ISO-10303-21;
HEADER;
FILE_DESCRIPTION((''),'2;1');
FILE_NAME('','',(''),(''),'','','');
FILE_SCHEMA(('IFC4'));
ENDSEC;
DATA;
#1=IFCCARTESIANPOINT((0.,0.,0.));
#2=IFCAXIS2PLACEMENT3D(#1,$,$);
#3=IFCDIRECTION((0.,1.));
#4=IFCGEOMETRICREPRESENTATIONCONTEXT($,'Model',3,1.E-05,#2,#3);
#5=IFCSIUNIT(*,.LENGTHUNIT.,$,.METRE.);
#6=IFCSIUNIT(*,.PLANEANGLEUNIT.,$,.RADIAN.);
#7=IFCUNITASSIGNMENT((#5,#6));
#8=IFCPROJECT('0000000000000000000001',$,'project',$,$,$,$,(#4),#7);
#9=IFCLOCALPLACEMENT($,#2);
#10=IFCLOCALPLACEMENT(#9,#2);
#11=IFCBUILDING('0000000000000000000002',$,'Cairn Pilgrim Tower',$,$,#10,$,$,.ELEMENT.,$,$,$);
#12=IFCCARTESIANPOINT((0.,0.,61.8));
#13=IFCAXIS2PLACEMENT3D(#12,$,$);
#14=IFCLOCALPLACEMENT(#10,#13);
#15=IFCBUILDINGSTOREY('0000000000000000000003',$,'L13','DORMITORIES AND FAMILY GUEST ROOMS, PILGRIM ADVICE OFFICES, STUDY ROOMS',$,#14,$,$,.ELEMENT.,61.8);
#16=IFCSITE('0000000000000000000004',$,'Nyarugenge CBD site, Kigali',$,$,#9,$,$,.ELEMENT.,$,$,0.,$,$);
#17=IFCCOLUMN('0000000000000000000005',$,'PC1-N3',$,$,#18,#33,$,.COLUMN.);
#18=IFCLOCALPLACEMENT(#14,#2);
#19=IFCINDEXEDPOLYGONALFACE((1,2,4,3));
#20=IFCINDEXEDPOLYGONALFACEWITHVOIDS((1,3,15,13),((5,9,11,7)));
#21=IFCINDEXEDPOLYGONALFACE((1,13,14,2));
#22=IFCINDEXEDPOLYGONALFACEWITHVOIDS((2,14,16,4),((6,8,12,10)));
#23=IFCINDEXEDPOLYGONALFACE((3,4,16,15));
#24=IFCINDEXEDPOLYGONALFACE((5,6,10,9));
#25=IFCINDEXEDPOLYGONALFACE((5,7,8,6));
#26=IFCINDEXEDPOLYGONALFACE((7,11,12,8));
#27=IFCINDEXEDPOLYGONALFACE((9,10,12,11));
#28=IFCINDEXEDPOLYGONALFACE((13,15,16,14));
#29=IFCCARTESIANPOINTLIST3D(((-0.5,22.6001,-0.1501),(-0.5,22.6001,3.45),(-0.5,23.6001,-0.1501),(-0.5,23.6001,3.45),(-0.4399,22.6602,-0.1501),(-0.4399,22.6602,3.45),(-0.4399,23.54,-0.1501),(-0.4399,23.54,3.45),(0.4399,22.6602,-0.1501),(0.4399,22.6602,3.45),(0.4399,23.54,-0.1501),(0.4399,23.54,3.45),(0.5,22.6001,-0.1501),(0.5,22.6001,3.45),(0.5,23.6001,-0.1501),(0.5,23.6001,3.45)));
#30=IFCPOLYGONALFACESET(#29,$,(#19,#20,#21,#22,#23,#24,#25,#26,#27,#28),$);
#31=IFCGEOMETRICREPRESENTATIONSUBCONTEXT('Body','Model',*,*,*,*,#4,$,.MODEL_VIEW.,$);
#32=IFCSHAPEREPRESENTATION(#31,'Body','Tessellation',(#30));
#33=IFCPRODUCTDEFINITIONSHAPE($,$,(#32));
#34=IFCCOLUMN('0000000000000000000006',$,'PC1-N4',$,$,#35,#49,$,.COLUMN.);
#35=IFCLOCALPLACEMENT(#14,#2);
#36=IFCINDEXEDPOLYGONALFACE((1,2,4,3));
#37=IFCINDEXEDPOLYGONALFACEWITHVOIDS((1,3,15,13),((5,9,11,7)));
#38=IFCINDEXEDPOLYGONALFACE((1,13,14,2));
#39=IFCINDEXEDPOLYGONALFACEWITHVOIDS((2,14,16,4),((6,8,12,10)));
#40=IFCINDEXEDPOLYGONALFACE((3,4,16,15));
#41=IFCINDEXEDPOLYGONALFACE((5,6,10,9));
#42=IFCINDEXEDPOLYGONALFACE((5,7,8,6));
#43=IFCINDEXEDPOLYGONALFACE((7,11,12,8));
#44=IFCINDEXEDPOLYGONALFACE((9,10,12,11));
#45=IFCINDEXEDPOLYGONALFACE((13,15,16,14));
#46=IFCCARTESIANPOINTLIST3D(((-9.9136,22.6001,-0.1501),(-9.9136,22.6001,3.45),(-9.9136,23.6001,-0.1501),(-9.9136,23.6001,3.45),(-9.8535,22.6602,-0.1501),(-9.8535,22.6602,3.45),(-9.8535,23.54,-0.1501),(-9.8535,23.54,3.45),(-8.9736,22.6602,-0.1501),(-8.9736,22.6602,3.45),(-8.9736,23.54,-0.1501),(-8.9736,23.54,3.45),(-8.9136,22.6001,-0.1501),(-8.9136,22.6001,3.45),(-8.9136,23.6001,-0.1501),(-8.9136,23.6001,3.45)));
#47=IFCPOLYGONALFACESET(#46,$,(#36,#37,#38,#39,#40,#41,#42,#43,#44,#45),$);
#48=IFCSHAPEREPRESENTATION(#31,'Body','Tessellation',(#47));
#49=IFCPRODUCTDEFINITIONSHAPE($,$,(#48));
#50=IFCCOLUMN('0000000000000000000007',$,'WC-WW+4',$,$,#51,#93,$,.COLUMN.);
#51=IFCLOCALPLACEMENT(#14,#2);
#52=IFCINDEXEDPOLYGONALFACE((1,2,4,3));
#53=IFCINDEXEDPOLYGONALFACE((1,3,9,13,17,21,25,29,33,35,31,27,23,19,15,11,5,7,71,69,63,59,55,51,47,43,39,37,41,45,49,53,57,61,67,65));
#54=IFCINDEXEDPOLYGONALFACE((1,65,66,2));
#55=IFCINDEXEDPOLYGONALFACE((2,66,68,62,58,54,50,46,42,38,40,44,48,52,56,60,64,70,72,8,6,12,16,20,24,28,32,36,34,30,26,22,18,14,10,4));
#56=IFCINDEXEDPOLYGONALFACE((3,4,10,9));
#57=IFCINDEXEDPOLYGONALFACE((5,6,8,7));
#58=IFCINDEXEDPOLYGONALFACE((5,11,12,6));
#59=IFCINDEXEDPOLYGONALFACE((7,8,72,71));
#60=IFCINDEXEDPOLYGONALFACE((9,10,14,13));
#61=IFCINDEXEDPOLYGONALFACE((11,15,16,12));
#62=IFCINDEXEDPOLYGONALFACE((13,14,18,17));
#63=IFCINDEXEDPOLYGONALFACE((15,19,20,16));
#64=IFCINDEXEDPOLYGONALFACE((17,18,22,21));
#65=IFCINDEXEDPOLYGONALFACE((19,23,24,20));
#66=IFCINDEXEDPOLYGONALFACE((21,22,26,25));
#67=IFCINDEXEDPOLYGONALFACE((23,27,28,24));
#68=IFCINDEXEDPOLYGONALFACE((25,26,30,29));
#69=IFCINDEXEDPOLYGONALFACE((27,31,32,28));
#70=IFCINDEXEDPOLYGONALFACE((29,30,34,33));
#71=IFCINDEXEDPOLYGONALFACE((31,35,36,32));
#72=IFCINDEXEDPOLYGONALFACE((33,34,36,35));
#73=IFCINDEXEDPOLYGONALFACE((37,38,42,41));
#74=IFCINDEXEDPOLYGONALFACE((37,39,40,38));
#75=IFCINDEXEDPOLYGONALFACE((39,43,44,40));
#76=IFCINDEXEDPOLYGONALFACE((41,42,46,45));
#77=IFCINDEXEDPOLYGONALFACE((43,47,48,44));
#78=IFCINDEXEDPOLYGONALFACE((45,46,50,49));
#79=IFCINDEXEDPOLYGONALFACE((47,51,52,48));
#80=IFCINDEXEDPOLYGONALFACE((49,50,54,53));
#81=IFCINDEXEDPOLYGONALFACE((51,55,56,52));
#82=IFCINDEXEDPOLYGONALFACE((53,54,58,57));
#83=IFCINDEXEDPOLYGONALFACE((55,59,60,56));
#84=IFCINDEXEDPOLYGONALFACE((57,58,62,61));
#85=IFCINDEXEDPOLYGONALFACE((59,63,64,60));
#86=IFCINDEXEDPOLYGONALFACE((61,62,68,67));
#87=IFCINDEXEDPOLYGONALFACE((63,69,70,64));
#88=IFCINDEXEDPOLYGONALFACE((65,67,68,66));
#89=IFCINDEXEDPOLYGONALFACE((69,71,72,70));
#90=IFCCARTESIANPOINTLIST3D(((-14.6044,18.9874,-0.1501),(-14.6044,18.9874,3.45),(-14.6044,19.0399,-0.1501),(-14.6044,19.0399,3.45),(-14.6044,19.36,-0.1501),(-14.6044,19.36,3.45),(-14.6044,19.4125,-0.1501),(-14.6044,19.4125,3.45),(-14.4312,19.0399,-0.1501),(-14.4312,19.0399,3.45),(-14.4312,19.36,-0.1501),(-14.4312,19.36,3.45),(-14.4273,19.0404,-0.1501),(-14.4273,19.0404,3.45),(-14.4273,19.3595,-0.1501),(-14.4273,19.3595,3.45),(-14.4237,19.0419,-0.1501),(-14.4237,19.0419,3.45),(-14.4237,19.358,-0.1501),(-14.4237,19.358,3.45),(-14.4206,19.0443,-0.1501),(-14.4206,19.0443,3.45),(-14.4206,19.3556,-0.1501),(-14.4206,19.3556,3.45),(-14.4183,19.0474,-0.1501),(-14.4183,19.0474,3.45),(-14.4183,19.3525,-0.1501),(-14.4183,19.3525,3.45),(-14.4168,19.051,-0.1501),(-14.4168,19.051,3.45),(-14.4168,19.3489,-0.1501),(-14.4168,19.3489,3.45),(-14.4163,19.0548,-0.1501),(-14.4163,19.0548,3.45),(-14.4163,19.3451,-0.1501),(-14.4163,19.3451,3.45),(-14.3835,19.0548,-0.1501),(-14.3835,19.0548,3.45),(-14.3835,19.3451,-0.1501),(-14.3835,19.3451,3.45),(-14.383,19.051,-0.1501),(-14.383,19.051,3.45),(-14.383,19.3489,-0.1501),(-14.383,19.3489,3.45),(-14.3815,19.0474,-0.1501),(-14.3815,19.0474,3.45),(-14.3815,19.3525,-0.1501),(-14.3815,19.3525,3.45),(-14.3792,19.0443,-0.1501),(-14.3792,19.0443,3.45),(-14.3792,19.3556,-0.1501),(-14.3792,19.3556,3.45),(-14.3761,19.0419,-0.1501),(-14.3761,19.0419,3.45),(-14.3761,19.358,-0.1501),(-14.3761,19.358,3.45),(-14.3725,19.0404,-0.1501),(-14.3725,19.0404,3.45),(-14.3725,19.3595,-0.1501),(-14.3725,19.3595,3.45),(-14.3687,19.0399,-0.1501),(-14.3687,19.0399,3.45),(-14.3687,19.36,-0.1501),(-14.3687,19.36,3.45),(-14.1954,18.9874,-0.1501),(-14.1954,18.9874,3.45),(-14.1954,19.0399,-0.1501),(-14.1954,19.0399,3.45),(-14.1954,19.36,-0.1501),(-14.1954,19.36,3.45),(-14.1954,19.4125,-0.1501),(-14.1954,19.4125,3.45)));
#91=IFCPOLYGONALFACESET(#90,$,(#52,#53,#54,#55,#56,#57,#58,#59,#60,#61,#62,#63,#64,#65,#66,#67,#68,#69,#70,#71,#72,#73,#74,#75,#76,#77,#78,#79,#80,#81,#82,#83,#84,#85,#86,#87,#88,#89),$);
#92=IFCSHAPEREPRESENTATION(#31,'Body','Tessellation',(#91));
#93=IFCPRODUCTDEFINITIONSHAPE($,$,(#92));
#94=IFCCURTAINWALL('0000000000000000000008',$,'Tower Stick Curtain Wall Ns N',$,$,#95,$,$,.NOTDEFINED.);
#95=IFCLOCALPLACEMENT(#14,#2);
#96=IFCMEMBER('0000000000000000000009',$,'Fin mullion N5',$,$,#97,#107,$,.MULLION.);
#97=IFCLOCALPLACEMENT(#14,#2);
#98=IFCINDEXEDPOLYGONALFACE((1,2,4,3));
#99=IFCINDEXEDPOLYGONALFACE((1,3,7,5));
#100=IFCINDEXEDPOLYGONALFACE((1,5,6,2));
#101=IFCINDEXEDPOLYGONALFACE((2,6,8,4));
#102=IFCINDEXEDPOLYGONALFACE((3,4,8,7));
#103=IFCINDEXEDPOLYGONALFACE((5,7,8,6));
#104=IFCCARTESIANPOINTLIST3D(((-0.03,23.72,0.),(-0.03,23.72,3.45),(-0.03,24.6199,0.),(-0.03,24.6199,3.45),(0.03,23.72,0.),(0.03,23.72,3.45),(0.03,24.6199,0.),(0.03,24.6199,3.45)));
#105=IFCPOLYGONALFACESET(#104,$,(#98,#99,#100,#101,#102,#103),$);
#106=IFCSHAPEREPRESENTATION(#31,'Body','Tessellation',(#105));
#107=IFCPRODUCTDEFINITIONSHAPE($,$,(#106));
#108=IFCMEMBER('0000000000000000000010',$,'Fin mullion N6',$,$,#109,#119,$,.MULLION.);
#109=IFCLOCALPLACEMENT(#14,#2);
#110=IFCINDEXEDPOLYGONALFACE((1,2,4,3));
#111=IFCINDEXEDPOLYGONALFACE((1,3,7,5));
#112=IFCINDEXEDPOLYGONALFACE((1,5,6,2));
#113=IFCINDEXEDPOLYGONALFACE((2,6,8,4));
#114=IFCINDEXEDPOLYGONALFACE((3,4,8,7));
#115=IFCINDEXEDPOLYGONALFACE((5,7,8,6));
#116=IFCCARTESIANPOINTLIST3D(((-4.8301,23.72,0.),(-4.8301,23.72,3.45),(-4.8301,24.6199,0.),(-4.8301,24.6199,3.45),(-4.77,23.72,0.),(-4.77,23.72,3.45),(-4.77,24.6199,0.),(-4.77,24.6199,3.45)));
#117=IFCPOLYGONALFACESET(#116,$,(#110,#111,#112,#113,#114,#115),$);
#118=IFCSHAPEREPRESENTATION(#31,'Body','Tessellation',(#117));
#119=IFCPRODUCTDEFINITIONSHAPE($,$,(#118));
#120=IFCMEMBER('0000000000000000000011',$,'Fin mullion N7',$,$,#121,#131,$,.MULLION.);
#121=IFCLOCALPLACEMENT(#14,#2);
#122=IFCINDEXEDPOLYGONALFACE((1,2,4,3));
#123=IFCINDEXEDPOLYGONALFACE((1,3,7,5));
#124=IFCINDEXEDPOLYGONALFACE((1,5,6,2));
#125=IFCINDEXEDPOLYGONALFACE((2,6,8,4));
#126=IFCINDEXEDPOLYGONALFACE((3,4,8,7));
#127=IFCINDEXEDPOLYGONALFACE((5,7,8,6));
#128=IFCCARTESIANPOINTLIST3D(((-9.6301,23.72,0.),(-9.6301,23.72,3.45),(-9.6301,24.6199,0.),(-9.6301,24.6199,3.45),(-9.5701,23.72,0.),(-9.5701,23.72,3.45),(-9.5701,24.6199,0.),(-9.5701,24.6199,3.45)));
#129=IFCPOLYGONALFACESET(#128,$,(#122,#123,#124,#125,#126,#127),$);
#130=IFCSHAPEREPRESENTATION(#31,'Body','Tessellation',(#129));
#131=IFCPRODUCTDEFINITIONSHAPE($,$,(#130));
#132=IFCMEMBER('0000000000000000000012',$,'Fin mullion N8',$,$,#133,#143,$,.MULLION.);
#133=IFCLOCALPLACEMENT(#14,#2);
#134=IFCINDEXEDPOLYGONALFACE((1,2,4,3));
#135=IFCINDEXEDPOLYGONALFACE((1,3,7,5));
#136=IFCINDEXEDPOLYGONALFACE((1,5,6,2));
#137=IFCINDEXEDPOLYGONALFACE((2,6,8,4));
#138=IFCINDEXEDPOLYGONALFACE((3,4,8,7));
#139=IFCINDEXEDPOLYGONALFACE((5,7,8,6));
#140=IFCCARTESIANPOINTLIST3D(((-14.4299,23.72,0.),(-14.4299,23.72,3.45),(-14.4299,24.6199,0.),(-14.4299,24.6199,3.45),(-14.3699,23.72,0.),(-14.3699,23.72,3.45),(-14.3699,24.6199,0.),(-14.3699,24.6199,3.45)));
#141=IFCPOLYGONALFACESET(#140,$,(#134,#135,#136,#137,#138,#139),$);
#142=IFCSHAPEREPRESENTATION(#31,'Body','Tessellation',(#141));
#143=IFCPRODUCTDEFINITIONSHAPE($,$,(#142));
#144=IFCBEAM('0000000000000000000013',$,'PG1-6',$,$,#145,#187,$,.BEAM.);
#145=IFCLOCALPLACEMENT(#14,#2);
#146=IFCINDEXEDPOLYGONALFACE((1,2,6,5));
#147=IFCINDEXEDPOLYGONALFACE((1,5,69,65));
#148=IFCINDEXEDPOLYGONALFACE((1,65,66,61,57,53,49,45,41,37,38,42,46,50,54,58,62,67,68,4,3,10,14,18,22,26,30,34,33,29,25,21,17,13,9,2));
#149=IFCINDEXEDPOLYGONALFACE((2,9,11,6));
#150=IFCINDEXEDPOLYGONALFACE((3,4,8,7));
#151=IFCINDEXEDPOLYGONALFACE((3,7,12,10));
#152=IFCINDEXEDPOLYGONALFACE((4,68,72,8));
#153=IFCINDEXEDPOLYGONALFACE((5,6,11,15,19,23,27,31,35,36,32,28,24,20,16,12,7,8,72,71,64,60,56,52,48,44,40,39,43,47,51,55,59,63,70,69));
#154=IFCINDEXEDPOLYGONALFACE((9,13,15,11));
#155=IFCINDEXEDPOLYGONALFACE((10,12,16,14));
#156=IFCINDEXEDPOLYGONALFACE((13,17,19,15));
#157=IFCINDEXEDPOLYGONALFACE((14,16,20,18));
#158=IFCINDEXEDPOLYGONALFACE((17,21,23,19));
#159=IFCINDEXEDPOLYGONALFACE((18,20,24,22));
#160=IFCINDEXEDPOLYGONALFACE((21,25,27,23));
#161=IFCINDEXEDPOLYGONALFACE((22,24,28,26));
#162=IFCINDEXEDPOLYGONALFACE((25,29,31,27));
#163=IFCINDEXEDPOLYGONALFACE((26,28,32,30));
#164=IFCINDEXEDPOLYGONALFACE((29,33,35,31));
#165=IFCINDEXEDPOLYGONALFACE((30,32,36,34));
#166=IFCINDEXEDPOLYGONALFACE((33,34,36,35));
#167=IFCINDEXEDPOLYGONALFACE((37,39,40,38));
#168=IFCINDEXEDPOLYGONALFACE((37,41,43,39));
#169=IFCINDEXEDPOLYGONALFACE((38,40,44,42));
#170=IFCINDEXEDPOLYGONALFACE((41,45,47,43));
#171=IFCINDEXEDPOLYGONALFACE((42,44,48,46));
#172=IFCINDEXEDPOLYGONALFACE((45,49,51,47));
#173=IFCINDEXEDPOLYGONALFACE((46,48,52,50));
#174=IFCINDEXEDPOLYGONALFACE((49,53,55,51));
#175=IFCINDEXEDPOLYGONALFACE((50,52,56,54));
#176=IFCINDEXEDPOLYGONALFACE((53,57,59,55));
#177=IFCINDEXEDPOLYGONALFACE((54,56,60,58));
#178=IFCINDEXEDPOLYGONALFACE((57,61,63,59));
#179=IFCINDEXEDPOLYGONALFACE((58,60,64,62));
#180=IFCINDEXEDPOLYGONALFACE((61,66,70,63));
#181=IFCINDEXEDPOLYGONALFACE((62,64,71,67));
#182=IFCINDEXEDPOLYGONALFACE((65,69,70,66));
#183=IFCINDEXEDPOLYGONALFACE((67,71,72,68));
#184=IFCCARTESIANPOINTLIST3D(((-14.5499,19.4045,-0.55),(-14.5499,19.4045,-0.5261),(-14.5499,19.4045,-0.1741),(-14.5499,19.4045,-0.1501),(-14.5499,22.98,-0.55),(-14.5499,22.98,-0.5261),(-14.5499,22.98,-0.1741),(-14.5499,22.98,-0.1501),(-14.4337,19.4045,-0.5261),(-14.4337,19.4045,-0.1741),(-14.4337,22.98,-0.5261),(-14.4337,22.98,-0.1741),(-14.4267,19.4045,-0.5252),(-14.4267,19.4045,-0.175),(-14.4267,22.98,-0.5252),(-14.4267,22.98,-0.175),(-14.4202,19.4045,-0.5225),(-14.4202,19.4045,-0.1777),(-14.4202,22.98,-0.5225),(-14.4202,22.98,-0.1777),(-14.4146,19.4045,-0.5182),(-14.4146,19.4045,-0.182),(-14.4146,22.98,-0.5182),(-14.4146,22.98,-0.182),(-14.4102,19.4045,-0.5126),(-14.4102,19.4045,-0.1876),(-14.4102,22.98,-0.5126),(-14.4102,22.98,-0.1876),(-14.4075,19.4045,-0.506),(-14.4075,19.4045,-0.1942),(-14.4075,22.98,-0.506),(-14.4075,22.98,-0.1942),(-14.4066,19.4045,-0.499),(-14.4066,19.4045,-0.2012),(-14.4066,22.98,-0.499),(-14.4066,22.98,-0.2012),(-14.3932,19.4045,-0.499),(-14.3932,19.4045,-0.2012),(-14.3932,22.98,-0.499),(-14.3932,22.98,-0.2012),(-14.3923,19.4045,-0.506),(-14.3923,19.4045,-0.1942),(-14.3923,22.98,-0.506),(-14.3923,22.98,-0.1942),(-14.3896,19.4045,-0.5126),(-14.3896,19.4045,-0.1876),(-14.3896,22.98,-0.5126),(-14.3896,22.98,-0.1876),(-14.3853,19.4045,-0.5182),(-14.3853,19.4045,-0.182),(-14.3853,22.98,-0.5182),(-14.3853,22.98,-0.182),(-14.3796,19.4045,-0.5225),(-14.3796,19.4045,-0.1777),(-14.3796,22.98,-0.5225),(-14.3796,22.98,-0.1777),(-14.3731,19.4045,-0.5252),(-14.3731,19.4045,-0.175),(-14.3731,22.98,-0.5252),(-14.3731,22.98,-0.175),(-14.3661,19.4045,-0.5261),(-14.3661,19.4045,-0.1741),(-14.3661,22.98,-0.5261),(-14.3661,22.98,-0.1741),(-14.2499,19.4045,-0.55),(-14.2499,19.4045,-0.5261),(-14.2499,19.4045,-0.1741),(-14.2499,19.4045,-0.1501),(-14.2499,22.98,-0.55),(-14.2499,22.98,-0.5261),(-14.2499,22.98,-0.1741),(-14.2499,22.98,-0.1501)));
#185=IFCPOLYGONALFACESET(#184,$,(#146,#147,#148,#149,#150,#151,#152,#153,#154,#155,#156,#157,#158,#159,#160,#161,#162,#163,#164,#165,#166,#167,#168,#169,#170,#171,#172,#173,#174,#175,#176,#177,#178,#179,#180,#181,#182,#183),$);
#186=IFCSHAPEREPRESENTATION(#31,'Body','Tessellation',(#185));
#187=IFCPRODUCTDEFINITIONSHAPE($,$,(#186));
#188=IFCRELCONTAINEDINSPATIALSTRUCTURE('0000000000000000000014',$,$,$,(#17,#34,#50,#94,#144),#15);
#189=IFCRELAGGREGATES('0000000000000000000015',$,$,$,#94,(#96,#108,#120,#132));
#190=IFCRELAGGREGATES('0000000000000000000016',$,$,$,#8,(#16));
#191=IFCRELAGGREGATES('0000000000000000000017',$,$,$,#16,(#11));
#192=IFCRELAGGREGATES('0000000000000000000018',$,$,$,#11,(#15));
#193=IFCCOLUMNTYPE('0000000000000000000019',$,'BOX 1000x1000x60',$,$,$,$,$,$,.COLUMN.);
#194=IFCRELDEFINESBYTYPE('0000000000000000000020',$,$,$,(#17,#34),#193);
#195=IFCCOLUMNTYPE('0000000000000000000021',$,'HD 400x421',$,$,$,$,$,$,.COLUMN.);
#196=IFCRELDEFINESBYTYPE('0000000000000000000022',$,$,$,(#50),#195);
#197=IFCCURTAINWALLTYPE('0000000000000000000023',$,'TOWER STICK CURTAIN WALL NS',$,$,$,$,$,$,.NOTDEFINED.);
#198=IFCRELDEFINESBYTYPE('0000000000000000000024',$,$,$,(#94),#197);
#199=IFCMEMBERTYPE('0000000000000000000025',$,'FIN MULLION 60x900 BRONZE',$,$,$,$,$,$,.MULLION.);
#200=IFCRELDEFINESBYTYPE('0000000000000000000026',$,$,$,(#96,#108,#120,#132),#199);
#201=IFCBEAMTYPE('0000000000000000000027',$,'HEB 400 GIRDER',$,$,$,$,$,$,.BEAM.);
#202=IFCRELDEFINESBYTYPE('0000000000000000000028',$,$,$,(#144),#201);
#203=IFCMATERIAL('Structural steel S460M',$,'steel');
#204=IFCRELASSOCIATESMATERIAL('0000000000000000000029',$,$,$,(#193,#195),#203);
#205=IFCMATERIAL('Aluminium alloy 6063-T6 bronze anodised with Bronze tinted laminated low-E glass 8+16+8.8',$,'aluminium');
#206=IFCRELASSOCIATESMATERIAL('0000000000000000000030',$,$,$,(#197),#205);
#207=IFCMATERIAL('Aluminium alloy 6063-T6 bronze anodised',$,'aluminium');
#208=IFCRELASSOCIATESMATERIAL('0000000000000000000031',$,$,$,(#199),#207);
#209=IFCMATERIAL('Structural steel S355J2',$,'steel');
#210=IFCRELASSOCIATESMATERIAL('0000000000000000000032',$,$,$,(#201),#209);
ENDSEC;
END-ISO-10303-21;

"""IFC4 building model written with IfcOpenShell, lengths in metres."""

from ifc_helpers import new_model, si_unit, direction, frame, origin, origin_2d, place, context, subcontext, project, spatial, rectangle, hollow_rectangle, i_section, extrude, material, material_profile, profile_set, type_object, element, aggregate, save


model = new_model("IFC4")

# Units and contexts
model_context = context("Model", 3, precision=1e-05, world=origin(), true_north=direction((0.0, 1.0)))
body_context = subcontext(model_context, "Body", "Model", "MODEL_VIEW")
ifc_project = project(units=[si_unit("LENGTHUNIT", "METRE"), si_unit("PLANEANGLEUNIT", "RADIAN")], contexts=[model_context])

# Site, building, storey
site_placement = place(None, origin())
site = spatial("IfcSite", under=ifc_project, at=site_placement, Name="Nyarugenge CBD site, Kigali", CompositionType="ELEMENT", RefElevation=0.0)
building_placement = place(site_placement, origin())
building = spatial("IfcBuilding", under=site, at=building_placement, Name="Cairn Pilgrim Tower", CompositionType="ELEMENT")
storey_placement = place(building_placement, frame((0.0, 0.0, 61.8)))
storey = spatial("IfcBuildingStorey", under=building, at=storey_placement, Name="L13", Description="DORMITORIES AND FAMILY GUEST ROOMS, PILGRIM ADVICE OFFICES, STUDY ROOMS", CompositionType="ELEMENT", Elevation=61.8)

# Columns
ifc_material_1 = material(Name="Structural steel S460M", Category="steel")
ifc_material_profile_1 = material_profile(ifc_material_1, hollow_rectangle(XDim=1.0, YDim=1.0, WallThickness=0.0601, at=origin_2d()), Name="BOX 1000x1000x60")
ifc_profile_set_1 = profile_set([ifc_material_profile_1], Name="Structural steel S460M")
column_type_1 = type_object("IfcColumnType", Name="BOX 1000x1000x60", PredefinedType="COLUMN", material=ifc_profile_set_1)
for number, where, z_axis, x_axis, name in (
    (1, (0.0, 23.1001, -0.1501), (0.0, 0.0, 1.0), (1.0, 0.0, 0.0), "PC1-N3"),
    (2, (-9.4136, 23.1001, -0.1501), (0.0, 0.0, 1.0), (1.0, 0.0, 0.0), "PC1-N4"),
):
    element("IfcColumn", number, at=place(storey_placement, frame(where, z_axis=z_axis, x_axis=x_axis)), inside=storey, type_object=column_type_1, Name=name, PredefinedType="COLUMN", context=body_context, shape_type="SweptSolid", body=[
        extrude(hollow_rectangle(XDim=1.0, YDim=1.0, WallThickness=0.0601, at=origin_2d()), origin(), (0.0, 0.0, 1.0), 3.6001),
    ])
ifc_material_profile_2 = material_profile(ifc_material_1, i_section(OverallWidth=0.4089, OverallDepth=0.425, WebThickness=0.0327, FlangeThickness=0.0525, FilletRadius=0.0149, at=origin_2d()), Name="HD 400x421")
ifc_profile_set_2 = profile_set([ifc_material_profile_2], Name="Structural steel S460M")
column_type_2 = type_object("IfcColumnType", Name="HD 400x421", PredefinedType="COLUMN", material=ifc_profile_set_2)
column_placement = place(storey_placement, frame((-14.3999, 19.2, -0.1501), z_axis=(0.0, 0.0, 1.0), x_axis=(1.0, 0.0, 0.0)))
element("IfcColumn", 3, at=column_placement, inside=storey, type_object=column_type_2, Name="WC-WW+4", PredefinedType="COLUMN", context=body_context, shape_type="SweptSolid", body=[
    extrude(i_section(OverallWidth=0.4089, OverallDepth=0.425, WebThickness=0.0327, FlangeThickness=0.0525, FilletRadius=0.0149, at=origin_2d()), origin(), (0.0, 0.0, 1.0), 3.6001),
])

# Curtain wall, members
ifc_material_2 = material(Name="Aluminium alloy 6063-T6 bronze anodised with Bronze tinted laminated low-E glass 8+16+8.8", Category="aluminium")
curtain_wall_type = type_object("IfcCurtainWallType", Name="TOWER STICK CURTAIN WALL NS", PredefinedType="NOTDEFINED", material=ifc_material_2)
curtain_wall_placement = place(storey_placement, origin())
curtain_wall = element("IfcCurtainWall", 4, at=curtain_wall_placement, inside=storey, type_object=curtain_wall_type, Name="Tower Stick Curtain Wall Ns N", PredefinedType="NOTDEFINED")
ifc_material_3 = material(Name="Aluminium alloy 6063-T6 bronze anodised", Category="aluminium")
ifc_material_profile_3 = material_profile(ifc_material_3, rectangle(XDim=0.8999, YDim=0.0601, at=origin_2d()), Name="FIN MULLION 60x900 BRONZE")
ifc_profile_set_3 = profile_set([ifc_material_profile_3], Name="Aluminium alloy 6063-T6 bronze anodised")
member_type_1 = type_object("IfcMemberType", Name="FIN MULLION 60x900 BRONZE", PredefinedType="MULLION", material=ifc_profile_set_3)
member_1_placement = place(storey_placement, frame((0.0, 24.1699, 0.0), z_axis=(0.0, 0.0, 1.0), x_axis=(0.0, 1.0, 0.0)))
member_1 = element("IfcMember", 5, at=member_1_placement, type_object=member_type_1, Name="Fin mullion N5", PredefinedType="MULLION", context=body_context, shape_type="SweptSolid", body=[
    extrude(rectangle(XDim=0.8999, YDim=0.0601, at=origin_2d()), origin(), (0.0, 0.0, 1.0), 3.45),
])
member_2_placement = place(storey_placement, frame((-4.8, 24.1699, 0.0), z_axis=(0.0, 0.0, 1.0), x_axis=(0.0, 1.0, 0.0)))
member_2 = element("IfcMember", 6, at=member_2_placement, type_object=member_type_1, Name="Fin mullion N6", PredefinedType="MULLION", context=body_context, shape_type="SweptSolid", body=[
    extrude(rectangle(XDim=0.8999, YDim=0.0601, at=origin_2d()), origin(), (0.0, 0.0, 1.0), 3.45),
])
member_3_placement = place(storey_placement, frame((-9.6001, 24.1699, 0.0), z_axis=(0.0, 0.0, 1.0), x_axis=(0.0, 1.0, 0.0)))
member_3 = element("IfcMember", 7, at=member_3_placement, type_object=member_type_1, Name="Fin mullion N7", PredefinedType="MULLION", context=body_context, shape_type="SweptSolid", body=[
    extrude(rectangle(XDim=0.8999, YDim=0.0601, at=origin_2d()), origin(), (0.0, 0.0, 1.0), 3.45),
])
member_4_placement = place(storey_placement, frame((-14.3999, 24.1699, 0.0), z_axis=(0.0, 0.0, 1.0), x_axis=(0.0, 1.0, 0.0)))
member_4 = element("IfcMember", 8, at=member_4_placement, type_object=member_type_1, Name="Fin mullion N8", PredefinedType="MULLION", context=body_context, shape_type="SweptSolid", body=[
    extrude(rectangle(XDim=0.8999, YDim=0.0601, at=origin_2d()), origin(), (0.0, 0.0, 1.0), 3.45),
])

# Beam
ifc_material_4 = material(Name="Structural steel S355J2", Category="steel")
ifc_material_profile_4 = material_profile(ifc_material_4, i_section(OverallWidth=0.3, OverallDepth=0.3999, WebThickness=0.0134, FlangeThickness=0.0239, FilletRadius=0.0271, at=origin_2d()), Name="HEB 400")
ifc_profile_set_4 = profile_set([ifc_material_profile_4], Name="Structural steel S355J2")
beam_type_1 = type_object("IfcBeamType", Name="HEB 400 GIRDER", PredefinedType="BEAM", material=ifc_profile_set_4)
beam_1_placement = place(storey_placement, frame((-14.3999, 19.4045, -0.3501), z_axis=(0.0, 1.0, 0.0), x_axis=(-1.0, 0.0, 0.0)))
element("IfcBeam", 9, at=beam_1_placement, inside=storey, type_object=beam_type_1, Name="PG1-6", PredefinedType="BEAM", context=body_context, shape_type="SweptSolid", body=[
    extrude(i_section(OverallWidth=0.3, OverallDepth=0.3999, WebThickness=0.0134, FlangeThickness=0.0239, FilletRadius=0.0271, at=origin_2d()), origin(), (0.0, 0.0, 1.0), 3.5754),
])

aggregate(curtain_wall, [member_1, member_2, member_3, member_4])

save(model, "model.ifc")
